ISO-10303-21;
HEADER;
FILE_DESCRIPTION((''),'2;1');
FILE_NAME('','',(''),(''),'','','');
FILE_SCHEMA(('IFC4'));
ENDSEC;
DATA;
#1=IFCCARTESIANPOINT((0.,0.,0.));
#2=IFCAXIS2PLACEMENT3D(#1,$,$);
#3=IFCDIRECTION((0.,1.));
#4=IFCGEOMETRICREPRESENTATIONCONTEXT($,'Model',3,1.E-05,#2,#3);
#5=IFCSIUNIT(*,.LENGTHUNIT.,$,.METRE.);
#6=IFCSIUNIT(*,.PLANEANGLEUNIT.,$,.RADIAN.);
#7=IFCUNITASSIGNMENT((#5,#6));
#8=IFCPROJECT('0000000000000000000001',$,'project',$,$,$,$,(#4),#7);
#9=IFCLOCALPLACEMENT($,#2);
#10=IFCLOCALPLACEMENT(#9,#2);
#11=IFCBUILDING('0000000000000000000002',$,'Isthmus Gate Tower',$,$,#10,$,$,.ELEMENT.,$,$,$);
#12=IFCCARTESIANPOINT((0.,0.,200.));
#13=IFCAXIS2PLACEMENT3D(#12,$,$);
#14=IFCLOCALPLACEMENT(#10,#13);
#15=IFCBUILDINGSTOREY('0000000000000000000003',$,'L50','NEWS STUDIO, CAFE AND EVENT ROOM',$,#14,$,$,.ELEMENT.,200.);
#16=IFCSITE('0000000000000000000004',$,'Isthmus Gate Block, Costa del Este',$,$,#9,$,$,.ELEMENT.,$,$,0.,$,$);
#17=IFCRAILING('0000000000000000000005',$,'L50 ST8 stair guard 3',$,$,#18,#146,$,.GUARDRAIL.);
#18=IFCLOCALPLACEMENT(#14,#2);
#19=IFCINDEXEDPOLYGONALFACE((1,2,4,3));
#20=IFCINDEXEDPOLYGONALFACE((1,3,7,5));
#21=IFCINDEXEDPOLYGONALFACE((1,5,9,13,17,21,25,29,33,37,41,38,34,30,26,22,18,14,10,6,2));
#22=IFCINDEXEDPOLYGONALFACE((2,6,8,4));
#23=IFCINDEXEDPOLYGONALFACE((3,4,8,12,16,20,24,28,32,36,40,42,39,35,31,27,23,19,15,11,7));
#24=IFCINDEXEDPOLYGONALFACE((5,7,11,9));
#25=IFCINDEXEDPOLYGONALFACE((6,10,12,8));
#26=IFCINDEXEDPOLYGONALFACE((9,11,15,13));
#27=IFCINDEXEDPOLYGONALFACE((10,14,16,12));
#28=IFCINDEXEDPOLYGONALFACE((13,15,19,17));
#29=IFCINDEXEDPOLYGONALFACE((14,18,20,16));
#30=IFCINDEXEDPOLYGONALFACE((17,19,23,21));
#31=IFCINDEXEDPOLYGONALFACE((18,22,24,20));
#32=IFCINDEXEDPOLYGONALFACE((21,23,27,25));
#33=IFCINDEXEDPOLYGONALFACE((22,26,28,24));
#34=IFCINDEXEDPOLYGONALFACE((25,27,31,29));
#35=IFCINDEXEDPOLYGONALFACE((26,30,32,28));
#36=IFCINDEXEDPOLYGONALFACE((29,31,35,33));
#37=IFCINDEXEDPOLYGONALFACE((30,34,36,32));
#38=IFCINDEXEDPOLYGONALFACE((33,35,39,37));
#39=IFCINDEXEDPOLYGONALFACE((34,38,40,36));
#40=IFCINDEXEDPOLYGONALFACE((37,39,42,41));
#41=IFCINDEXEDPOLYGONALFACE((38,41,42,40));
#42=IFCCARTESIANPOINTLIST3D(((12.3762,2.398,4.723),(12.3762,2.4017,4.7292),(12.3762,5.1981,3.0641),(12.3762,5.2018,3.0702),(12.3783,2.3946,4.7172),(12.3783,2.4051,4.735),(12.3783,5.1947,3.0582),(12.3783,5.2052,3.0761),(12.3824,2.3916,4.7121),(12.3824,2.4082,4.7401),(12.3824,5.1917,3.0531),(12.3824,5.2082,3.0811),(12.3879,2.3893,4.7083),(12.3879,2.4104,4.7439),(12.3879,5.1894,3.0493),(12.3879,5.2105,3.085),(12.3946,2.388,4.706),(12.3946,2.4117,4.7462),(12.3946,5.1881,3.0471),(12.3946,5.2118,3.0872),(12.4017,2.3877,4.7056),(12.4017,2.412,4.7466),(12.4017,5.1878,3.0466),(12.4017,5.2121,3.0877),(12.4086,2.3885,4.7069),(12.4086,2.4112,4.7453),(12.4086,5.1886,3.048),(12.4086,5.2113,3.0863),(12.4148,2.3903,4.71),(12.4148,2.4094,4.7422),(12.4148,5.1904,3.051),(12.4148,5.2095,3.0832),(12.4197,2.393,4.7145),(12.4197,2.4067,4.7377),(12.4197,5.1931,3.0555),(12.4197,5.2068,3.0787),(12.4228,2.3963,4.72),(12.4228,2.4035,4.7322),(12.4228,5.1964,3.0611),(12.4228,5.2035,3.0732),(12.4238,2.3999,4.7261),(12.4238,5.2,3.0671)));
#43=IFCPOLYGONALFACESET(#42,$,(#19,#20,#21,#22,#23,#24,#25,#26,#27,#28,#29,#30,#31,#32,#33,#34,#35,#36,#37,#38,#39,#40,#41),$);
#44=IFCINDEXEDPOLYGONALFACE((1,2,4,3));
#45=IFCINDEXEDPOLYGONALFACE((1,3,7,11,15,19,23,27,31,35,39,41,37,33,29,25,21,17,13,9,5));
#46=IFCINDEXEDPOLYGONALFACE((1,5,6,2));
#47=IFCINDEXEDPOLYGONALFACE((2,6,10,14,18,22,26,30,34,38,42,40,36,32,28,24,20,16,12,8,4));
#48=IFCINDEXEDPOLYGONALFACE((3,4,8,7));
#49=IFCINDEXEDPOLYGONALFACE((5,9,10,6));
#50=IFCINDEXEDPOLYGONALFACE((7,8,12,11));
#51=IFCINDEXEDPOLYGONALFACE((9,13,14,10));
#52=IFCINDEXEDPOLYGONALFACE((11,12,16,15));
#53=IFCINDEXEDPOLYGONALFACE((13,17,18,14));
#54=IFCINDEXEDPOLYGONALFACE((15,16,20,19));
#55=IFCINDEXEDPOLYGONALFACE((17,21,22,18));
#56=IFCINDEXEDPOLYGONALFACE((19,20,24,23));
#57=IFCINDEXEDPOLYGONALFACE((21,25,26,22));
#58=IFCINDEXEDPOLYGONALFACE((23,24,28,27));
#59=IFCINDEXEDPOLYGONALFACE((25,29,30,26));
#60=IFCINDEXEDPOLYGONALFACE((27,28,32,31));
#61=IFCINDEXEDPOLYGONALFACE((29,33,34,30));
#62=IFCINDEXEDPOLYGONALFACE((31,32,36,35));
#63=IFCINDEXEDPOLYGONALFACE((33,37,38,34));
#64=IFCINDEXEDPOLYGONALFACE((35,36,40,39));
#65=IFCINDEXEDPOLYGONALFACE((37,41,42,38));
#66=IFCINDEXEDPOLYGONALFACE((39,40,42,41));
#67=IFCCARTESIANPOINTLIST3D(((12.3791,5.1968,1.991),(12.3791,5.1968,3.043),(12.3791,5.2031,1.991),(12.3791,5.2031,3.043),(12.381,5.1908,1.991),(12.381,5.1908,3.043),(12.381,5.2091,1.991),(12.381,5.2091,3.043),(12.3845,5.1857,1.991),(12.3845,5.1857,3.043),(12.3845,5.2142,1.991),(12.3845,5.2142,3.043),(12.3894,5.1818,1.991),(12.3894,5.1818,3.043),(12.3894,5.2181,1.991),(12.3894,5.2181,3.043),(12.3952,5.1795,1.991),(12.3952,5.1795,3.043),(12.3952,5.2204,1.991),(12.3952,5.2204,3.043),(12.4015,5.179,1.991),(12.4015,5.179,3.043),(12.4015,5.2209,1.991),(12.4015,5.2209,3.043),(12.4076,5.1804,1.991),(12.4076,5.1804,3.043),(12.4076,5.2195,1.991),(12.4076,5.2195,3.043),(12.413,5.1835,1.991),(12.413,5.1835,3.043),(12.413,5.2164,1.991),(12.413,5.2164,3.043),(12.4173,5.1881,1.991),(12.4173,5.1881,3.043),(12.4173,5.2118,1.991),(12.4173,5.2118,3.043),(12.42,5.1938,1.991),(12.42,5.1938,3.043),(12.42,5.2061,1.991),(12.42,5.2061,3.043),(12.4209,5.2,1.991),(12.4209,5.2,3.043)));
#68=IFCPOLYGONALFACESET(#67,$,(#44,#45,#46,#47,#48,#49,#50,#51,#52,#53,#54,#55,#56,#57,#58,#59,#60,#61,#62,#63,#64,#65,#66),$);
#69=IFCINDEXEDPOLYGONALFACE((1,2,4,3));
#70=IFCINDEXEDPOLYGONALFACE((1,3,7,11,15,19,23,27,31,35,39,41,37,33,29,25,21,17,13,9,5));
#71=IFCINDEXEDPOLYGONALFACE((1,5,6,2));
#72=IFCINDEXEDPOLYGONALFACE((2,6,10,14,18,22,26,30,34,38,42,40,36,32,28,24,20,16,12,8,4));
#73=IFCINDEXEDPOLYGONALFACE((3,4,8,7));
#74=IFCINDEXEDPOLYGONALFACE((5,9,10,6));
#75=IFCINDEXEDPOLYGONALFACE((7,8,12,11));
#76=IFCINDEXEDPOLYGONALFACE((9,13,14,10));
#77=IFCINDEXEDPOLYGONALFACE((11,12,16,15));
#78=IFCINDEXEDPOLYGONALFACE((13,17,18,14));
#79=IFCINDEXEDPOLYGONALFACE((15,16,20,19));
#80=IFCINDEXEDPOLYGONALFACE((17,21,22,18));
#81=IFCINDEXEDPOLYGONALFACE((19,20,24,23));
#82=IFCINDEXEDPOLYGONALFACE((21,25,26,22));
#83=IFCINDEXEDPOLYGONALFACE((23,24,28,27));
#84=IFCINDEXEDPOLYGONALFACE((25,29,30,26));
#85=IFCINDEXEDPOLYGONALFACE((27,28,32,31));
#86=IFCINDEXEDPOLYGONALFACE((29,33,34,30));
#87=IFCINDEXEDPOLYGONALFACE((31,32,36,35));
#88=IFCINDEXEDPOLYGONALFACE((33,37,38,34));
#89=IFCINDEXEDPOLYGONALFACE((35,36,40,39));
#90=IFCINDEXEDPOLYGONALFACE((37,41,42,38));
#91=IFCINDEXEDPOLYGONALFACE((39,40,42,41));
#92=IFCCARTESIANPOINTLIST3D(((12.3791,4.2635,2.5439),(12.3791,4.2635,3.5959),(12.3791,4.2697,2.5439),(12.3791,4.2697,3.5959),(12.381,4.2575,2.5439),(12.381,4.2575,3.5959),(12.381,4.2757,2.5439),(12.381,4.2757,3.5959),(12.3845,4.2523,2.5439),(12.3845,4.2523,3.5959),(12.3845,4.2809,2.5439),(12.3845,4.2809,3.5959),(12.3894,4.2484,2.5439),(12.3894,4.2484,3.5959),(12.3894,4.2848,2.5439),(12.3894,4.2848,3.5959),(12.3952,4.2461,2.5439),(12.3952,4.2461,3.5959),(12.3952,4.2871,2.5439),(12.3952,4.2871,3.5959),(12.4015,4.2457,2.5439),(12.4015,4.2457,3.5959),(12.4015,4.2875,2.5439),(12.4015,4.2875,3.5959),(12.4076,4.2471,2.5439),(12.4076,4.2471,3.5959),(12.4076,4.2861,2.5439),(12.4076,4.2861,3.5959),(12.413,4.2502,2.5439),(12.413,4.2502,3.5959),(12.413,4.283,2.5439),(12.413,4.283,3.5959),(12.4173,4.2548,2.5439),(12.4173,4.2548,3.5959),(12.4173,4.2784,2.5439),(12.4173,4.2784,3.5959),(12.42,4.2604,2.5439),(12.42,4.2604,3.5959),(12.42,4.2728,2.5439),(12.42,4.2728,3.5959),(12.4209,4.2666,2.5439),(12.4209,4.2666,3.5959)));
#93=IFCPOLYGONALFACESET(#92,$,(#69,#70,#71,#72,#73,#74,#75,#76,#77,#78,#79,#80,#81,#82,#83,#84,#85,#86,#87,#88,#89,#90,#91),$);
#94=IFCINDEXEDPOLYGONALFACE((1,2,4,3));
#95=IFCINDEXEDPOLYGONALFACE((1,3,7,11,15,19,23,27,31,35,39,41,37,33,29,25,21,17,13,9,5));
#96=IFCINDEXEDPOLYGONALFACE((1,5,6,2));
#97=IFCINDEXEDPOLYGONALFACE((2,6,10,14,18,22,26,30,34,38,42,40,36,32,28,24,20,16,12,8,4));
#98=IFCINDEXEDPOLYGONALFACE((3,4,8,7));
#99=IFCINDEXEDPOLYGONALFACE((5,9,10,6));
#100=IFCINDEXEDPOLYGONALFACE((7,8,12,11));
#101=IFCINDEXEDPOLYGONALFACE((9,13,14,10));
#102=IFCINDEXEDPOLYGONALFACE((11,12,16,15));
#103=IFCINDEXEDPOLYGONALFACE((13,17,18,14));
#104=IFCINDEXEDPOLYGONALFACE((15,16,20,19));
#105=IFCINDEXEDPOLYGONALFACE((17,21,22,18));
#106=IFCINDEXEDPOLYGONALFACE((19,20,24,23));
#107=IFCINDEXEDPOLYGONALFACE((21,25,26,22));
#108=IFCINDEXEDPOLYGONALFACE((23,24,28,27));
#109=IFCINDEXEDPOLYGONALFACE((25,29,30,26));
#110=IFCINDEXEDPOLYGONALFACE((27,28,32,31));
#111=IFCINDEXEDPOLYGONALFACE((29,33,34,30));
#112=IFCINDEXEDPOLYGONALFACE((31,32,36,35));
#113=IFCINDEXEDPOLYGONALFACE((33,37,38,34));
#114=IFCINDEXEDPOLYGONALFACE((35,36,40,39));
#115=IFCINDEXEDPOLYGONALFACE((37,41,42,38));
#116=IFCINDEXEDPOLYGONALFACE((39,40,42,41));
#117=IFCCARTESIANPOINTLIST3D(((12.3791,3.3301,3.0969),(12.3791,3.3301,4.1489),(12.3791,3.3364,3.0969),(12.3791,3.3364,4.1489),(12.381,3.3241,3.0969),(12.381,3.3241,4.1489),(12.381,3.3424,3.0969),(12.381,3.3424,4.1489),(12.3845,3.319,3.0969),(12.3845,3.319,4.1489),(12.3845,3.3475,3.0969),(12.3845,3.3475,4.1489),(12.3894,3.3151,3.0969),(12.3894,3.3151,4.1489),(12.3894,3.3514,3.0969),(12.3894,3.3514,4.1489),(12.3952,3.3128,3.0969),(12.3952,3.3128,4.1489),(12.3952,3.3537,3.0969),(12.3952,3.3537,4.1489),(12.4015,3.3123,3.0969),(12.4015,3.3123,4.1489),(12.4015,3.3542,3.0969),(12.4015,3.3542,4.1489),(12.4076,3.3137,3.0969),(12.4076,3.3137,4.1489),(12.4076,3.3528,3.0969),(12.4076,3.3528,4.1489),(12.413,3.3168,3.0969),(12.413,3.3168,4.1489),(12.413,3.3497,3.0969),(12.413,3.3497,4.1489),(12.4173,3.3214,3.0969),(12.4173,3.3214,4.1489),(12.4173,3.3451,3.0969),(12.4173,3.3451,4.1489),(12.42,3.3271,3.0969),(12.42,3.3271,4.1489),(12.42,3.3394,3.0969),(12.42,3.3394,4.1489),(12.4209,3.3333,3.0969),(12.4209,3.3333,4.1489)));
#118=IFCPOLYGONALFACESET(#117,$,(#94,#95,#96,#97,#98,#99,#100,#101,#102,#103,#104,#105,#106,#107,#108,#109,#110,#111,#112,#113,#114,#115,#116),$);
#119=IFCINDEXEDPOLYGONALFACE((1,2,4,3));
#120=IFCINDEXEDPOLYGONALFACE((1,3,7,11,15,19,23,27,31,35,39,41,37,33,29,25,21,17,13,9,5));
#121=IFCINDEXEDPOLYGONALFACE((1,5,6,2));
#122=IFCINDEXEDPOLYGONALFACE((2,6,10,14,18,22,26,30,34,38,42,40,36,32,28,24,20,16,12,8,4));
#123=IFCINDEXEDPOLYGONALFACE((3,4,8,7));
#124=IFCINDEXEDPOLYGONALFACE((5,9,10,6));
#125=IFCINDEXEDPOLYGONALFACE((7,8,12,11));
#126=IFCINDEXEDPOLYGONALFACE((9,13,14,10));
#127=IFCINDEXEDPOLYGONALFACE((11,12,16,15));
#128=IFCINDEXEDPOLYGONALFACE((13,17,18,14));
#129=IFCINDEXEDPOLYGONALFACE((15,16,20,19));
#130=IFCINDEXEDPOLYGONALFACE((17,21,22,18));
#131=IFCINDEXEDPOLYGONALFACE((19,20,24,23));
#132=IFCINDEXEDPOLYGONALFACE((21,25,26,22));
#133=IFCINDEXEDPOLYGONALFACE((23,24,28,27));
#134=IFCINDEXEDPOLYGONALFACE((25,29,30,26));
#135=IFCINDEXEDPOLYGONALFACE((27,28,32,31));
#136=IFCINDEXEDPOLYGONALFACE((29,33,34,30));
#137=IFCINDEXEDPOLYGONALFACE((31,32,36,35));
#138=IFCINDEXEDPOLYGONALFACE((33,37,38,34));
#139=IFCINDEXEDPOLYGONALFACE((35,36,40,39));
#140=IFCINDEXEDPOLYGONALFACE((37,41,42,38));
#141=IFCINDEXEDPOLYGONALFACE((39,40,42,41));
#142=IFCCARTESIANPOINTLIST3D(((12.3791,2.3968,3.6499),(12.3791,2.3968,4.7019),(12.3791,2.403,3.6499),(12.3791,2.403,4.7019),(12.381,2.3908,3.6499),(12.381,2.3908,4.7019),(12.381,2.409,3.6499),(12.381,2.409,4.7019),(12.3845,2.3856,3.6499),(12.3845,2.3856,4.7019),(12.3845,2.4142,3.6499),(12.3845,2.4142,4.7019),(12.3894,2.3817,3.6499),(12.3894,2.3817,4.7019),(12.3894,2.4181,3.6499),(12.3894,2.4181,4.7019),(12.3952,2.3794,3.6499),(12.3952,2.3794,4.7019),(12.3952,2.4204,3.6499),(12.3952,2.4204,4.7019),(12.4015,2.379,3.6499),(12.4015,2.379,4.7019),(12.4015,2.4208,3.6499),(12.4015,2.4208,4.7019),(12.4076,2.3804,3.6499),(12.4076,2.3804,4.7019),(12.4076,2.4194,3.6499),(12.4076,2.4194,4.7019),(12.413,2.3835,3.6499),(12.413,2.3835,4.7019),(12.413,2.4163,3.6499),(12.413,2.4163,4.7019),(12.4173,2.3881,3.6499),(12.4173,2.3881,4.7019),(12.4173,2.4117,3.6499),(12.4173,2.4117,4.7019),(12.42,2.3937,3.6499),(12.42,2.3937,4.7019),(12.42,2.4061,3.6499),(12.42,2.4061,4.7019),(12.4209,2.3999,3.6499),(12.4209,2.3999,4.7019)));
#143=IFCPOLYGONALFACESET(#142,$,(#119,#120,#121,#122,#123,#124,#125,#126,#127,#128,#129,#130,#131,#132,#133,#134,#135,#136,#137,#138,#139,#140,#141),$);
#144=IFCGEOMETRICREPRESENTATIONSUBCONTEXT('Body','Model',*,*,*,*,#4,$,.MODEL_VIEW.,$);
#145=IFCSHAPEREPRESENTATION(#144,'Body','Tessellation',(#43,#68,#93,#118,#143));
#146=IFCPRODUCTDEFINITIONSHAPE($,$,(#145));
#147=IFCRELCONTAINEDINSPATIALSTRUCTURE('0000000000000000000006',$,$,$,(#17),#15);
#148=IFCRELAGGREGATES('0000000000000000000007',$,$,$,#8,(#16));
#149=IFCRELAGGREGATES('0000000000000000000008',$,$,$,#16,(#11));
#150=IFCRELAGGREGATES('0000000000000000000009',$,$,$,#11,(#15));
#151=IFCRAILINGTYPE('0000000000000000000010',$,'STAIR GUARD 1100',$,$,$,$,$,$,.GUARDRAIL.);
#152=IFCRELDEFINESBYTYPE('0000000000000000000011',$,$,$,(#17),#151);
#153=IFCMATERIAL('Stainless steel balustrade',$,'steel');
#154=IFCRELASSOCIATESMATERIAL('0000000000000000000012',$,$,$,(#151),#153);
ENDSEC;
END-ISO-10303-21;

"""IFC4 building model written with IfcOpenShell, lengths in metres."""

from ifc_helpers import new_model, si_unit, direction, frame, origin, origin_2d, place, context, subcontext, project, spatial, circle, extrude, material, type_object, element, save


model = new_model("IFC4")

# Units and contexts
model_context = context("Model", 3, precision=1e-05, world=origin(), true_north=direction((0.0, 1.0)))
body_context = subcontext(model_context, "Body", "Model", "MODEL_VIEW")
ifc_project = project(units=[si_unit("LENGTHUNIT", "METRE"), si_unit("PLANEANGLEUNIT", "RADIAN")], contexts=[model_context])

# Site, building, storey
site_placement = place(None, origin())
site = spatial("IfcSite", under=ifc_project, at=site_placement, Name="Isthmus Gate Block, Costa del Este", CompositionType="ELEMENT", RefElevation=0.0)
building_placement = place(site_placement, origin())
building = spatial("IfcBuilding", under=site, at=building_placement, Name="Isthmus Gate Tower", CompositionType="ELEMENT")
storey_placement = place(building_placement, frame((0.0, 0.0, 200.0)))
storey = spatial("IfcBuildingStorey", under=building, at=storey_placement, Name="L50", Description="NEWS STUDIO, CAFE AND EVENT ROOM", CompositionType="ELEMENT", Elevation=200.0)

# Railing
ifc_material_1 = material(Name="Stainless steel balustrade", Category="steel")
railing_type_1 = type_object("IfcRailingType", Name="STAIR GUARD 1100", PredefinedType="GUARDRAIL", material=ifc_material_1)
railing_1_placement = place(storey_placement, frame((12.3999, 5.2, 1.991)))
element("IfcRailing", 1, at=railing_1_placement, inside=storey, type_object=railing_type_1, Name="L50 ST8 stair guard 3", PredefinedType="GUARDRAIL", context=body_context, shape_type="SweptSolid", body=[
    extrude(circle(Radius=0.0239, at=origin_2d()), frame((0.0, 0.0, 1.0762), z_axis=(0.0, -0.860339, 0.509722), x_axis=(1.0, 0.0, 0.0)), (0.0, 0.0, 1.0), 3.2546),
    extrude(circle(Radius=0.021, at=origin_2d()), origin(), (0.0, 0.0, 1.0), 1.052),
    extrude(circle(Radius=0.021, at=origin_2d()), frame((0.0, -0.9333, 0.553)), (0.0, 0.0, 1.0), 1.052),
    extrude(circle(Radius=0.021, at=origin_2d()), frame((0.0, -1.8667, 1.106)), (0.0, 0.0, 1.0), 1.052),
    extrude(circle(Radius=0.021, at=origin_2d()), frame((0.0, -2.8, 1.6589)), (0.0, 0.0, 1.0), 1.052),
])

save(model, "model.ifc")
